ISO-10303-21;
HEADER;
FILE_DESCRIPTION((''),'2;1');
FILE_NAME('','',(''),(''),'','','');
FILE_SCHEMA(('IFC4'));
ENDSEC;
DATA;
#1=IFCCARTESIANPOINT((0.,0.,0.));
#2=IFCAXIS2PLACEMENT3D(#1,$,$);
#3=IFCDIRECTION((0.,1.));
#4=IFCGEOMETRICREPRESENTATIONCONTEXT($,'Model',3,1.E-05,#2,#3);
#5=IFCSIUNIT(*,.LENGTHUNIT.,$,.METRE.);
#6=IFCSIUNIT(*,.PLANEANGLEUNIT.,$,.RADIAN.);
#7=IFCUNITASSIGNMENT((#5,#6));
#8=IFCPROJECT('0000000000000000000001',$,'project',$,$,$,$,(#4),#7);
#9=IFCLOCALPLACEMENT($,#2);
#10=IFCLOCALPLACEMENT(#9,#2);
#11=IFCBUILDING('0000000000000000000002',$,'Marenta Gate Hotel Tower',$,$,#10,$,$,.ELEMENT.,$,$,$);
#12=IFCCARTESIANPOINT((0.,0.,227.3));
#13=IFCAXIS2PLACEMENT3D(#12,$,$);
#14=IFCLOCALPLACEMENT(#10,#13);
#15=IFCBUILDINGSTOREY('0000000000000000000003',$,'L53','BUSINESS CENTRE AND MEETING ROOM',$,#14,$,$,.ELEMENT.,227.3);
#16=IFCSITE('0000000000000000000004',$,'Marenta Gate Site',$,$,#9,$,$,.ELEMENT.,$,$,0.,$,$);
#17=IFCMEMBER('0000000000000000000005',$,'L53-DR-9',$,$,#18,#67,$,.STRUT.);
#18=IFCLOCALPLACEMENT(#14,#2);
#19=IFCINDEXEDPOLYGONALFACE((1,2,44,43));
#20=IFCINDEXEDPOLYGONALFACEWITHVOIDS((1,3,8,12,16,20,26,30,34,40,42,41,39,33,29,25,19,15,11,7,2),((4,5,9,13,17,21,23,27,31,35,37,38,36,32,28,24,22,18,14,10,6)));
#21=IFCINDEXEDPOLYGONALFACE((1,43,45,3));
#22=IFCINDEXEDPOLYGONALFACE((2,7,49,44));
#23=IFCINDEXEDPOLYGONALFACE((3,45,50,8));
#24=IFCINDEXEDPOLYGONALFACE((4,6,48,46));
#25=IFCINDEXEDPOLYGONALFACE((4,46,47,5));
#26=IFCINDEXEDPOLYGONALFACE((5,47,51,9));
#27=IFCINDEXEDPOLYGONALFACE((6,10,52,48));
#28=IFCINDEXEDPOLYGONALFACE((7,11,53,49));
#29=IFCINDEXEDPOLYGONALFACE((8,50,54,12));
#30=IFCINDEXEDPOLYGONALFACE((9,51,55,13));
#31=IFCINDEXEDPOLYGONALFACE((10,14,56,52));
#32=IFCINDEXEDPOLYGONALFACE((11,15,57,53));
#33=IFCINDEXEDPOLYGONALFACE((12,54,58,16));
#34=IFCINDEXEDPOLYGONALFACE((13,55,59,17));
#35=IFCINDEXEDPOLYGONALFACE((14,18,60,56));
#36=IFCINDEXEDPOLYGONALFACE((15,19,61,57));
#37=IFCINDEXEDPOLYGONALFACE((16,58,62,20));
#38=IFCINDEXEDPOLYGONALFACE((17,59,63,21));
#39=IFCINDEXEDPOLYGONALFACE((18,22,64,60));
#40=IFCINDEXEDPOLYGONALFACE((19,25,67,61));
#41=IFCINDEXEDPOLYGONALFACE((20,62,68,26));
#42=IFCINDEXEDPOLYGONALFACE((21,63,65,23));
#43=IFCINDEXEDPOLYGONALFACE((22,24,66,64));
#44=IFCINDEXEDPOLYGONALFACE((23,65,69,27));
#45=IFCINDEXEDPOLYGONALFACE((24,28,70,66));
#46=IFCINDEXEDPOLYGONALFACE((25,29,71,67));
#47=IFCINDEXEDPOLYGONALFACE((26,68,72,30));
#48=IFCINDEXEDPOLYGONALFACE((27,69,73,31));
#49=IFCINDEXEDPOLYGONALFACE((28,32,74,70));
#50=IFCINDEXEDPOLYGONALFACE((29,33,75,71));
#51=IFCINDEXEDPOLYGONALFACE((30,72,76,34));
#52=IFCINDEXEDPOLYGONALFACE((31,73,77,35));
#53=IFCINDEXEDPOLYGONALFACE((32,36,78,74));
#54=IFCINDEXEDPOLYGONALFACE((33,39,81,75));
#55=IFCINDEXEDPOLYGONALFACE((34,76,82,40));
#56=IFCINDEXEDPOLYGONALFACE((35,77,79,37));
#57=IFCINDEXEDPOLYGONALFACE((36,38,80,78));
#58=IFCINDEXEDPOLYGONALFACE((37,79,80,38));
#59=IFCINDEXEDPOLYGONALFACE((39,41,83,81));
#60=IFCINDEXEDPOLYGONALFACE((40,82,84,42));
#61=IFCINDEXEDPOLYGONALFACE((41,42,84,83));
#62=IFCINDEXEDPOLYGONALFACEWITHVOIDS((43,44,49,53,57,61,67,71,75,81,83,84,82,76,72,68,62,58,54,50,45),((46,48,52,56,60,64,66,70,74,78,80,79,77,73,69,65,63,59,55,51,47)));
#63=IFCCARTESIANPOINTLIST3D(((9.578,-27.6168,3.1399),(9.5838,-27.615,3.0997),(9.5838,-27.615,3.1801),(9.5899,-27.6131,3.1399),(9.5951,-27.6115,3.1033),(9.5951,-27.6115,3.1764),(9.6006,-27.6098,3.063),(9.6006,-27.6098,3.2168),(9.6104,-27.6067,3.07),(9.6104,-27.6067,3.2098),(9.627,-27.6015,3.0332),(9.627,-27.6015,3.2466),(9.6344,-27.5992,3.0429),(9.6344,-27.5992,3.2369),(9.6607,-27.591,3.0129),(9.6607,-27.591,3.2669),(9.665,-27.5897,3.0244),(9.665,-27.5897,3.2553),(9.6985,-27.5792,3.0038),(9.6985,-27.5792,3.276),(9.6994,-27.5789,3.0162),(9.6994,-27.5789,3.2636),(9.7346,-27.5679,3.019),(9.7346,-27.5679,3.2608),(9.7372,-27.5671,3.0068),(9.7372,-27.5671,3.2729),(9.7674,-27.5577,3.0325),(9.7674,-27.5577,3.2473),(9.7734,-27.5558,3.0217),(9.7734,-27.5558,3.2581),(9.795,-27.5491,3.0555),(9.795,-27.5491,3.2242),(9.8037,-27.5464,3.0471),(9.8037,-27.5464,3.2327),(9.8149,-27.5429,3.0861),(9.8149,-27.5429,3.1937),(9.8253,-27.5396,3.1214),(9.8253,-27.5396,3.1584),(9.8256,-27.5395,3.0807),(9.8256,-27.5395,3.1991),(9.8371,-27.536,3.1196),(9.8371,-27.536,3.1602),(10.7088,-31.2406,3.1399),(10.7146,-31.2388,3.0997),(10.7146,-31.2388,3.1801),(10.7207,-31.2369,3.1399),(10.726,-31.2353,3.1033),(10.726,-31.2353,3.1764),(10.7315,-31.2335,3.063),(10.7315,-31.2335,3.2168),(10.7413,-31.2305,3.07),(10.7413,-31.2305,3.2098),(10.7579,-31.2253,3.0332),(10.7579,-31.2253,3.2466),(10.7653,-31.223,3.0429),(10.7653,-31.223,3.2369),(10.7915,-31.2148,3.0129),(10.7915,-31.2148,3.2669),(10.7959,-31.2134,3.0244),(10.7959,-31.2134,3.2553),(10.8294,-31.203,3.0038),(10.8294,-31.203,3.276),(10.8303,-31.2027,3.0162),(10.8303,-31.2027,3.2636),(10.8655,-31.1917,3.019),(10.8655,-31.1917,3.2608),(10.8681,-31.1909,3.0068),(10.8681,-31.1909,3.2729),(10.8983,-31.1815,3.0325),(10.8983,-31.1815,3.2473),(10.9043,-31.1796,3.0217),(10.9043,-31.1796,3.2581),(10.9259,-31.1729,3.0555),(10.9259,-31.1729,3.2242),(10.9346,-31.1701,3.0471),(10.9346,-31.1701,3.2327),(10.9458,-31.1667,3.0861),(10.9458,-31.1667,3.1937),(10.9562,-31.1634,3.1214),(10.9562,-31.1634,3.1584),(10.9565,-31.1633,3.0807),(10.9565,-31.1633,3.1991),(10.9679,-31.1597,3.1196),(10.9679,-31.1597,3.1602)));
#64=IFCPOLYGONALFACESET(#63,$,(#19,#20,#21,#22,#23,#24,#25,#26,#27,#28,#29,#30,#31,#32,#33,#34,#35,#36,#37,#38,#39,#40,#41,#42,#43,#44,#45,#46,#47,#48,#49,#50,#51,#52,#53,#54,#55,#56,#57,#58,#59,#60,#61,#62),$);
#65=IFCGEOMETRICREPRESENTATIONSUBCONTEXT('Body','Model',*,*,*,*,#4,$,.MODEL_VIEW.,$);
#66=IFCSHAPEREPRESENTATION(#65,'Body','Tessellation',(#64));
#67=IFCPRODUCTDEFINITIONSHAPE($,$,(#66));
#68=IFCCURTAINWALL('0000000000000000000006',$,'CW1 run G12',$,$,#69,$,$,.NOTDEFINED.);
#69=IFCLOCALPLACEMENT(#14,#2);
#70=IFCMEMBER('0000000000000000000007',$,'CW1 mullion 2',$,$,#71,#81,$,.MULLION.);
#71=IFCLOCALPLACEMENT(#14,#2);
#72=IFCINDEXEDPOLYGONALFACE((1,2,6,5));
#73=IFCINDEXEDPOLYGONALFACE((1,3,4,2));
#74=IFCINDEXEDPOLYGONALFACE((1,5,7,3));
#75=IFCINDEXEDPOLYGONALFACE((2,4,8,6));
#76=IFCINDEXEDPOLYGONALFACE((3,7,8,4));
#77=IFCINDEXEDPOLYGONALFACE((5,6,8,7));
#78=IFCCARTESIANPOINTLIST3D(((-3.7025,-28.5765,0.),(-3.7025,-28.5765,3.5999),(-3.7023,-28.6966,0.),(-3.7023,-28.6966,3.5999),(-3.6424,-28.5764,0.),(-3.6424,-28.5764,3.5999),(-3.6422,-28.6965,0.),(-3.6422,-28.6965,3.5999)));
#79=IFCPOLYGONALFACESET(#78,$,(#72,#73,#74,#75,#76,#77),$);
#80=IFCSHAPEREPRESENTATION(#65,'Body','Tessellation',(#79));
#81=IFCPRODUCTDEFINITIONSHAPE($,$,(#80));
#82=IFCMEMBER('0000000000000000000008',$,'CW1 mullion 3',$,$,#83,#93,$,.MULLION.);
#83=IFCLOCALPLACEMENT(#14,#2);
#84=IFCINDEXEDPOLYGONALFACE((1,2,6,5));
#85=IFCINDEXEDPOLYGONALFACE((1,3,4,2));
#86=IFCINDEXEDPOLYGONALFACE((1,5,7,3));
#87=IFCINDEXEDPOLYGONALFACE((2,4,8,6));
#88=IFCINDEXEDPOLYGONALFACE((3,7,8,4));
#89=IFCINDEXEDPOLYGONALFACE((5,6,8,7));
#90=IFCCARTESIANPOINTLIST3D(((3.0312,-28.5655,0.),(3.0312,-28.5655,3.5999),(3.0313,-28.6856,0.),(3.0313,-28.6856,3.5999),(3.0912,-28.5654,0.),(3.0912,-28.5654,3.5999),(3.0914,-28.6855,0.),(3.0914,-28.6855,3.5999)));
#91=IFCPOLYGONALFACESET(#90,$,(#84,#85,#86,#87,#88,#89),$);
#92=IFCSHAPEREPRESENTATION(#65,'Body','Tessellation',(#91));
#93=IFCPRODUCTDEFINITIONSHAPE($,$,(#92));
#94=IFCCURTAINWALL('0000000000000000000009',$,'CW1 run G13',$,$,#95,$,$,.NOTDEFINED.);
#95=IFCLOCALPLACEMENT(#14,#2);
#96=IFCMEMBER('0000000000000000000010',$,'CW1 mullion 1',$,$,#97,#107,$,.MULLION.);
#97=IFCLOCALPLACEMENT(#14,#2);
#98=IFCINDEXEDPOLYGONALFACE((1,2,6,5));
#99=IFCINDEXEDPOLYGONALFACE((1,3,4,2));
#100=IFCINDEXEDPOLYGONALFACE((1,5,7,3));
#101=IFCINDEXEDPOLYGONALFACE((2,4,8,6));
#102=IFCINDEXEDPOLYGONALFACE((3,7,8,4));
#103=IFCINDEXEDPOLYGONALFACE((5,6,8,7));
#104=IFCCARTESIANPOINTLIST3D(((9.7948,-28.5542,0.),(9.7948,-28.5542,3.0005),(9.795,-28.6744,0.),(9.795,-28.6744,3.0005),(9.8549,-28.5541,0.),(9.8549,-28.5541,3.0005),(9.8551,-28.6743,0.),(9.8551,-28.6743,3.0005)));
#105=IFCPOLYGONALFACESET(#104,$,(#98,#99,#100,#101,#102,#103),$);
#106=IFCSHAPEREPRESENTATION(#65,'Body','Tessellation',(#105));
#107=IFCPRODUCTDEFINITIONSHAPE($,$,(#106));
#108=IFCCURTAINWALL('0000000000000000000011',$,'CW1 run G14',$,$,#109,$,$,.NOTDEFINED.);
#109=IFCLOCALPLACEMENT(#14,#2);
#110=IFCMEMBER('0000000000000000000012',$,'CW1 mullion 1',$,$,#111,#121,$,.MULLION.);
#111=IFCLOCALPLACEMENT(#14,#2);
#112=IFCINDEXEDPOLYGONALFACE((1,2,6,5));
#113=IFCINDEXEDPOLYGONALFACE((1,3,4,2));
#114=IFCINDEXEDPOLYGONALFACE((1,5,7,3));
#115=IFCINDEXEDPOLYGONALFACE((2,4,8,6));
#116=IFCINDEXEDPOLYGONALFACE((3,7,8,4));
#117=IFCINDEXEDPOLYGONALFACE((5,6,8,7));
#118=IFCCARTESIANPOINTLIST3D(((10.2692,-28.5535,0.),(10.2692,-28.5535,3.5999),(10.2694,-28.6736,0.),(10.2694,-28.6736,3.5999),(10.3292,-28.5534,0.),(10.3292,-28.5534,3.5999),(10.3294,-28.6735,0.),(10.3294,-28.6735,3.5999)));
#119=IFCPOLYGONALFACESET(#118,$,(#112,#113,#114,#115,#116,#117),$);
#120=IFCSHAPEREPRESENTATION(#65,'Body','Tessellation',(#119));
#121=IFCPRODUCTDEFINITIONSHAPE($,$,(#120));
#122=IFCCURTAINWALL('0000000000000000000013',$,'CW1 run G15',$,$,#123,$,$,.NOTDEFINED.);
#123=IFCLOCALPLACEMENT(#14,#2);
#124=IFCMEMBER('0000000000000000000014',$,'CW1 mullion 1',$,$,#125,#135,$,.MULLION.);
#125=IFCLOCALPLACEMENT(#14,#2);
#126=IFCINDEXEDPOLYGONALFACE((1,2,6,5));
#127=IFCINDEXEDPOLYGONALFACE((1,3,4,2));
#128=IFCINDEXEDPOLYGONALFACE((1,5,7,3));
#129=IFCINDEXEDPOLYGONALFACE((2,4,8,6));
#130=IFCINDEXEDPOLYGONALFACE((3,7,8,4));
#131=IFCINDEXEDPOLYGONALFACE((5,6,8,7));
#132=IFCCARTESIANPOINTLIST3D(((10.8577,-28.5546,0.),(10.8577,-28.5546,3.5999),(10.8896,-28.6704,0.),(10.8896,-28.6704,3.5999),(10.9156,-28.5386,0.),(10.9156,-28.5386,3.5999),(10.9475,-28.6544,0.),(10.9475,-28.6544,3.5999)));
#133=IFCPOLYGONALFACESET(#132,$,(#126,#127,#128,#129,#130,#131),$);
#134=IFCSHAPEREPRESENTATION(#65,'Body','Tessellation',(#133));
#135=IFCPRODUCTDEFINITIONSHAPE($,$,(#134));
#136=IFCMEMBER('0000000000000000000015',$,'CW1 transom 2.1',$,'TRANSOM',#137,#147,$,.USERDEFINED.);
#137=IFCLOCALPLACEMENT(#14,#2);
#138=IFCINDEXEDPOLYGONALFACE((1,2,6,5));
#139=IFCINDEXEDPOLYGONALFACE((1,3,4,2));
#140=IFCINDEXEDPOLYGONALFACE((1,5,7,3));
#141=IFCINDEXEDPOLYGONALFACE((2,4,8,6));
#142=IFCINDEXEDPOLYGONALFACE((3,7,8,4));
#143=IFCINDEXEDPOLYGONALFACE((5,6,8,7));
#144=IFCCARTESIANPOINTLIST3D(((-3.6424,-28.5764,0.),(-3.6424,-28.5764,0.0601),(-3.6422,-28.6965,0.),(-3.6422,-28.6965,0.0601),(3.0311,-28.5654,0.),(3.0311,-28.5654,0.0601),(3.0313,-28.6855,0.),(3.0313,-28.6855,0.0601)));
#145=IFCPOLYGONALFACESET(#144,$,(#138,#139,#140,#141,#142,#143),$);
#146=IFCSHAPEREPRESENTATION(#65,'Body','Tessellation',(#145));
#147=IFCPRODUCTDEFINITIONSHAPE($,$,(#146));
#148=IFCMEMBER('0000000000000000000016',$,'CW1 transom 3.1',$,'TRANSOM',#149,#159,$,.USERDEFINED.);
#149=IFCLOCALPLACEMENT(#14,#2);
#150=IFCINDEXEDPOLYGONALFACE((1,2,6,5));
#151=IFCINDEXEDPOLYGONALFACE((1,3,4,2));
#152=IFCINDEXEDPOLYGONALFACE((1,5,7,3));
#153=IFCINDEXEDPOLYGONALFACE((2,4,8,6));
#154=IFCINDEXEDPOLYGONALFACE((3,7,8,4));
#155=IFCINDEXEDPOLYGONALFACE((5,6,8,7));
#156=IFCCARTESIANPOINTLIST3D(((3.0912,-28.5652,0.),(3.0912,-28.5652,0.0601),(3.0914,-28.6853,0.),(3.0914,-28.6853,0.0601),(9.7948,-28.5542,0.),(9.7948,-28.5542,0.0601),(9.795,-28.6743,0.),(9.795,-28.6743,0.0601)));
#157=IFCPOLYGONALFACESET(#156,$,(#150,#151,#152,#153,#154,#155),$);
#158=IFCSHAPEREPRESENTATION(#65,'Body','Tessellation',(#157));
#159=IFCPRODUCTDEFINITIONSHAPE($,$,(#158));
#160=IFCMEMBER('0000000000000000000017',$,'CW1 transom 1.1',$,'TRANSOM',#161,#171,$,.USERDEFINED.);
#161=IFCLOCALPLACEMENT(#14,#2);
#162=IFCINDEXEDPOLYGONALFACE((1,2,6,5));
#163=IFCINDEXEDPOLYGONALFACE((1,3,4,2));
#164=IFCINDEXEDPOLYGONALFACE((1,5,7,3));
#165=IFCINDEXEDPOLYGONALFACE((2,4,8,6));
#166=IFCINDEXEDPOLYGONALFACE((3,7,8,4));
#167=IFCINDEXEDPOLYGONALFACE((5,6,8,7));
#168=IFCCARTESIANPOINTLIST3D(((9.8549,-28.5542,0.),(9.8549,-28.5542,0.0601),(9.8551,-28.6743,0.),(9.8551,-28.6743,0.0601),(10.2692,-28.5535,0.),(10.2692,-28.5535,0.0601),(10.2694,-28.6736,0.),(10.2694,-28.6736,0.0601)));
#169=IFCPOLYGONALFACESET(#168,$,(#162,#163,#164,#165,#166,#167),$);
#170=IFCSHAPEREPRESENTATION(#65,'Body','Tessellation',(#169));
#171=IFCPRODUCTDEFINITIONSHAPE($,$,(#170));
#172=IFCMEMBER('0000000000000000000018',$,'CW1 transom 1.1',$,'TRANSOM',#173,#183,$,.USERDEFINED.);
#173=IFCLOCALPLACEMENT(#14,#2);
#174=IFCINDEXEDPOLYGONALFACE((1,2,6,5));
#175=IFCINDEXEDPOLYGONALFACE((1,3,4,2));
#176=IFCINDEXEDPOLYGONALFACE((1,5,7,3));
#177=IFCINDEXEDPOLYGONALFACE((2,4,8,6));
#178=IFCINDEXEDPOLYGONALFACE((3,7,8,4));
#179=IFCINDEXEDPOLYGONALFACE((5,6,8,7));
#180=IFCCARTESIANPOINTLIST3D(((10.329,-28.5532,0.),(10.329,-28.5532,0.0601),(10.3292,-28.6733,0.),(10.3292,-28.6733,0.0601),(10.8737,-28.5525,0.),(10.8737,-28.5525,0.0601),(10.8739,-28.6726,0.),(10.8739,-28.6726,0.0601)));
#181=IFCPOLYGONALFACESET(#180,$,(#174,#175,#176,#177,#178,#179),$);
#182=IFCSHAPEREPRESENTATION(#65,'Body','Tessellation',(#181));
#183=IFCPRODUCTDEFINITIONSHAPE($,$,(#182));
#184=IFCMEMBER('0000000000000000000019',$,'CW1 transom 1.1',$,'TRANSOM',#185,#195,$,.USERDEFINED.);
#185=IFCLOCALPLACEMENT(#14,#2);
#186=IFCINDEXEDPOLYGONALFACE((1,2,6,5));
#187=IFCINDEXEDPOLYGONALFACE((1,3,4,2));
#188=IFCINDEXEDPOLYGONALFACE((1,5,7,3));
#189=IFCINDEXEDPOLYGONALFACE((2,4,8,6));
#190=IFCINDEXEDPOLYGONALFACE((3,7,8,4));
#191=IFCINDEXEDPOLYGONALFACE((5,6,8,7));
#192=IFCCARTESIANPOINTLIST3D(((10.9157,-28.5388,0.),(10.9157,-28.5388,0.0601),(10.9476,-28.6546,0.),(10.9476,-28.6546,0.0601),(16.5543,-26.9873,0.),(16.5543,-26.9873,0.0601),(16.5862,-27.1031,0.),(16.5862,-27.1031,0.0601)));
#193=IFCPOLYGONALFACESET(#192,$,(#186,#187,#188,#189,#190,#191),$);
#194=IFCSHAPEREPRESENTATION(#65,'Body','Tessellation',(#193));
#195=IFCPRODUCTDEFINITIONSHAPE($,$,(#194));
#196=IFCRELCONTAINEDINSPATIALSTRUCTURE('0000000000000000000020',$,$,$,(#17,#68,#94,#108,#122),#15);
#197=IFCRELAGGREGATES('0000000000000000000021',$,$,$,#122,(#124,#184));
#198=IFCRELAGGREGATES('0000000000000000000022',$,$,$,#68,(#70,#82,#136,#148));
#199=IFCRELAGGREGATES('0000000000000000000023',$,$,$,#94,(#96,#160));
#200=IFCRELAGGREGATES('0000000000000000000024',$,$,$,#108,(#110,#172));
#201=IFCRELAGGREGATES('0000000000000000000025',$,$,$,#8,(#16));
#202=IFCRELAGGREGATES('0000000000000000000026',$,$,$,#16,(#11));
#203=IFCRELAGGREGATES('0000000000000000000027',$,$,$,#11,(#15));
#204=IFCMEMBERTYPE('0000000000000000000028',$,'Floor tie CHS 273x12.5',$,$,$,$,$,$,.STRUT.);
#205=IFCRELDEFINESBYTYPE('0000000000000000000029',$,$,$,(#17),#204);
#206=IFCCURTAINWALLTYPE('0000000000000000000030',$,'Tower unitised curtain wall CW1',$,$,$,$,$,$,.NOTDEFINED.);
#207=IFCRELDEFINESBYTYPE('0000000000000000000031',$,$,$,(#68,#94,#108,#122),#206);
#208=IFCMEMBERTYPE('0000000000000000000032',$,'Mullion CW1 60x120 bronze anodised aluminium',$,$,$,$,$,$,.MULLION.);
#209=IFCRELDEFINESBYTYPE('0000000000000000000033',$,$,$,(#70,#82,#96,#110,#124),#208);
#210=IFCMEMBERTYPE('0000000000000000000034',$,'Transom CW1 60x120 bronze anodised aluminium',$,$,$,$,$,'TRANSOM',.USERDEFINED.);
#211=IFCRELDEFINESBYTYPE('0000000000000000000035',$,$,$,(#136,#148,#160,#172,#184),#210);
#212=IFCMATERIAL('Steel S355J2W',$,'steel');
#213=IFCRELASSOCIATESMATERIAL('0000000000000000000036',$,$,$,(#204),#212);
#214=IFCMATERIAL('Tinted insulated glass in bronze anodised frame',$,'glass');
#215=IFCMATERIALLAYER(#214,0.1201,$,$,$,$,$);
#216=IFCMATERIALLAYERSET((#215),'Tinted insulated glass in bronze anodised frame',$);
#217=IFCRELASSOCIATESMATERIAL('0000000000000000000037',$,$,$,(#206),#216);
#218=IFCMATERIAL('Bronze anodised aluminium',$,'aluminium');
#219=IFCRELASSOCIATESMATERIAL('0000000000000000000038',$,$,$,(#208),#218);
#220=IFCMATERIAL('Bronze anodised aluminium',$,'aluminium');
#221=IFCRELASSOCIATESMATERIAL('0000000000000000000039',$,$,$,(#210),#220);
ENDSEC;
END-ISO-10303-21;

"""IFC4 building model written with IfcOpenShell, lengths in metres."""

from ifc_helpers import new_model, si_unit, direction, frame, origin, origin_2d, place, context, subcontext, project, spatial, rectangle, hollow_circle, extrude, material, layer, layer_set, material_profile, profile_set, type_object, element, aggregate, save


model = new_model("IFC4")

# Units and contexts
model_context = context("Model", 3, precision=1e-05, world=origin(), true_north=direction((0.0, 1.0)))
body_context = subcontext(model_context, "Body", "Model", "MODEL_VIEW")
ifc_project = project(units=[si_unit("LENGTHUNIT", "METRE"), si_unit("PLANEANGLEUNIT", "RADIAN")], contexts=[model_context])

# Site, building, storey
site_placement = place(None, origin())
site = spatial("IfcSite", under=ifc_project, at=site_placement, Name="Marenta Gate Site", CompositionType="ELEMENT", RefElevation=0.0)
building_placement = place(site_placement, origin())
building = spatial("IfcBuilding", under=site, at=building_placement, Name="Marenta Gate Hotel Tower", CompositionType="ELEMENT")
storey_placement = place(building_placement, frame((0.0, 0.0, 227.3)))
storey = spatial("IfcBuildingStorey", under=building, at=storey_placement, Name="L53", Description="BUSINESS CENTRE AND MEETING ROOM", CompositionType="ELEMENT", Elevation=227.3)

# Member
ifc_material_1 = material(Name="Steel S355J2W", Category="steel")
ifc_material_profile_1 = material_profile(ifc_material_1, hollow_circle(Radius=0.1365, WallThickness=0.0125, at=origin_2d()), Name="CHS 273x12.5")
ifc_profile_set_1 = profile_set([ifc_material_profile_1], Name="Steel S355J2W")
member_type_1 = type_object("IfcMemberType", Name="Floor tie CHS 273x12.5", PredefinedType="STRUT", material=ifc_profile_set_1)
member_1_placement = place(storey_placement, frame((10.8391, -31.2, 3.1399), z_axis=(-0.297898, 0.954598, 0.0), x_axis=(-0.954598, -0.297898, 0.0)))
element("IfcMember", 1, at=member_1_placement, inside=storey, type_object=member_type_1, Name="L53-DR-9", PredefinedType="STRUT", context=body_context, shape_type="SweptSolid", body=[
    extrude(hollow_circle(Radius=0.1365, WallThickness=0.0125, at=origin_2d()), origin(), (0.0, 0.0, 1.0), 3.7961),
])

# Curtain wall, members
ifc_material_2 = material(Name="Tinted insulated glass in bronze anodised frame", Category="glass")
ifc_layer_1 = layer(ifc_material_2, 0.1201)
ifc_layer_set_1 = layer_set([ifc_layer_1], Name="Tinted insulated glass in bronze anodised frame")
curtain_wall_type = type_object("IfcCurtainWallType", Name="Tower unitised curtain wall CW1", PredefinedType="NOTDEFINED", material=ifc_layer_set_1)
curtain_wall_1_placement = place(storey_placement, origin())
curtain_wall_1 = element("IfcCurtainWall", 2, at=curtain_wall_1_placement, inside=storey, type_object=curtain_wall_type, Name="CW1 run G12", PredefinedType="NOTDEFINED")
ifc_material_3 = material(Name="Bronze anodised aluminium", Category="aluminium")
ifc_material_profile_2 = material_profile(ifc_material_3, rectangle(XDim=0.1201, YDim=0.0601, at=origin_2d()), Name="Mullion CW1 60x120 bronze anodised aluminium")
ifc_profile_set_2 = profile_set([ifc_material_profile_2], Name="Bronze anodised aluminium")
member_type_2 = type_object("IfcMemberType", Name="Mullion CW1 60x120 bronze anodised aluminium", PredefinedType="MULLION", material=ifc_profile_set_2)
member_2_placement = place(storey_placement, frame((-3.6724, -28.6365, 0.0), z_axis=(0.0, 0.0, 1.0), x_axis=(-0.001643, 0.999999, 0.0)))
member_2 = element("IfcMember", 3, at=member_2_placement, type_object=member_type_2, Name="CW1 mullion 2", PredefinedType="MULLION", context=body_context, shape_type="SweptSolid", body=[
    extrude(rectangle(XDim=0.1201, YDim=0.0601, at=origin_2d()), origin(), (0.0, 0.0, 1.0), 3.5999),
])
member_3_placement = place(storey_placement, frame((3.0613, -28.6255, 0.0), z_axis=(0.0, 0.0, 1.0), x_axis=(-0.001643, 0.999999, 0.0)))
member_3 = element("IfcMember", 4, at=member_3_placement, type_object=member_type_2, Name="CW1 mullion 3", PredefinedType="MULLION", context=body_context, shape_type="SweptSolid", body=[
    extrude(rectangle(XDim=0.1201, YDim=0.0601, at=origin_2d()), origin(), (0.0, 0.0, 1.0), 3.5999),
])

# Curtain walls, members
curtain_wall_2_placement = place(storey_placement, origin())
curtain_wall_2 = element("IfcCurtainWall", 5, at=curtain_wall_2_placement, inside=storey, type_object=curtain_wall_type, Name="CW1 run G13", PredefinedType="NOTDEFINED")
member_4_placement = place(storey_placement, frame((9.825, -28.6143, 0.0), z_axis=(0.0, 0.0, 1.0), x_axis=(-0.001687, 0.999999, 0.0)))
member_4 = element("IfcMember", 6, at=member_4_placement, type_object=member_type_2, Name="CW1 mullion 1", PredefinedType="MULLION", context=body_context, shape_type="SweptSolid", body=[
    extrude(rectangle(XDim=0.1201, YDim=0.0601, at=origin_2d()), origin(), (0.0, 0.0, 1.0), 3.0005),
])
curtain_wall_3_placement = place(storey_placement, origin())
curtain_wall_3 = element("IfcCurtainWall", 7, at=curtain_wall_3_placement, inside=storey, type_object=curtain_wall_type, Name="CW1 run G14", PredefinedType="NOTDEFINED")
member_5_placement = place(storey_placement, frame((10.2993, -28.6135, 0.0), z_axis=(0.0, 0.0, 1.0), x_axis=(-0.001654, 0.999999, 0.0)))
member_5 = element("IfcMember", 8, at=member_5_placement, type_object=member_type_2, Name="CW1 mullion 1", PredefinedType="MULLION", context=body_context, shape_type="SweptSolid", body=[
    extrude(rectangle(XDim=0.1201, YDim=0.0601, at=origin_2d()), origin(), (0.0, 0.0, 1.0), 3.5999),
])
curtain_wall_4_placement = place(storey_placement, origin())
curtain_wall_4 = element("IfcCurtainWall", 9, at=curtain_wall_4_placement, inside=storey, type_object=curtain_wall_type, Name="CW1 run G15", PredefinedType="NOTDEFINED")
member_6_placement = place(storey_placement, frame((10.9026, -28.6045, 0.0), z_axis=(0.0, 0.0, 1.0), x_axis=(-0.265293, 0.964168, 0.0)))
member_6 = element("IfcMember", 10, at=member_6_placement, type_object=member_type_2, Name="CW1 mullion 1", PredefinedType="MULLION", context=body_context, shape_type="SweptSolid", body=[
    extrude(rectangle(XDim=0.1201, YDim=0.0601, at=origin_2d()), origin(), (0.0, 0.0, 1.0), 3.5999),
])

# Members
ifc_material_4 = material(Name="Bronze anodised aluminium", Category="aluminium")
ifc_material_profile_3 = material_profile(ifc_material_4, rectangle(XDim=0.1201, YDim=0.0601, at=origin_2d()), Name="Transom CW1 60x120 bronze anodised aluminium")
ifc_profile_set_3 = profile_set([ifc_material_profile_3], Name="Bronze anodised aluminium")
member_type_3 = type_object("IfcMemberType", Name="Transom CW1 60x120 bronze anodised aluminium", ElementType="TRANSOM", PredefinedType="USERDEFINED", material=ifc_profile_set_3)
member_7_placement = place(storey_placement, frame((-3.6423, -28.6365, 0.03), z_axis=(0.999999, 0.001646, 0.0), x_axis=(-0.001646, 0.999999, 0.0)))
member_7 = element("IfcMember", 11, at=member_7_placement, type_object=member_type_3, Name="CW1 transom 2.1", ObjectType="TRANSOM", PredefinedType="USERDEFINED", context=body_context, shape_type="SweptSolid", body=[
    extrude(rectangle(XDim=0.1201, YDim=0.0601, at=origin_2d()), origin(), (0.0, 0.0, 1.0), 6.6736),
])
member_8_placement = place(storey_placement, frame((3.0913, -28.6252, 0.03), z_axis=(0.999999, 0.001639, 0.0), x_axis=(-0.001639, 0.999999, 0.0)))
member_8 = element("IfcMember", 12, at=member_8_placement, type_object=member_type_3, Name="CW1 transom 3.1", ObjectType="TRANSOM", PredefinedType="USERDEFINED", context=body_context, shape_type="SweptSolid", body=[
    extrude(rectangle(XDim=0.1201, YDim=0.0601, at=origin_2d()), origin(), (0.0, 0.0, 1.0), 6.7036),
])
member_9_placement = place(storey_placement, frame((9.855, -28.6143, 0.03), z_axis=(0.999998, 0.001768, 0.0), x_axis=(-0.001768, 0.999998, 0.0)))
member_9 = element("IfcMember", 13, at=member_9_placement, type_object=member_type_3, Name="CW1 transom 1.1", ObjectType="TRANSOM", PredefinedType="USERDEFINED", context=body_context, shape_type="SweptSolid", body=[
    extrude(rectangle(XDim=0.1201, YDim=0.0601, at=origin_2d()), origin(), (0.0, 0.0, 1.0), 0.4143),
])
member_10_placement = place(storey_placement, frame((10.3291, -28.6133, 0.03), z_axis=(0.999999, 0.001345, 0.0), x_axis=(-0.001345, 0.999999, 0.0)))
member_10 = element("IfcMember", 14, at=member_10_placement, type_object=member_type_3, Name="CW1 transom 1.1", ObjectType="TRANSOM", PredefinedType="USERDEFINED", context=body_context, shape_type="SweptSolid", body=[
    extrude(rectangle(XDim=0.1201, YDim=0.0601, at=origin_2d()), origin(), (0.0, 0.0, 1.0), 0.5447),
])
member_11_placement = place(storey_placement, frame((10.9316, -28.5967, 0.03), z_axis=(0.964167, 0.265296, 0.0), x_axis=(-0.265296, 0.964167, 0.0)))
member_11 = element("IfcMember", 15, at=member_11_placement, type_object=member_type_3, Name="CW1 transom 1.1", ObjectType="TRANSOM", PredefinedType="USERDEFINED", context=body_context, shape_type="SweptSolid", body=[
    extrude(rectangle(XDim=0.1201, YDim=0.0601, at=origin_2d()), origin(), (0.0, 0.0, 1.0), 5.8481),
])
aggregate(curtain_wall_4, [member_6, member_11])

aggregate(curtain_wall_1, [member_2, member_3, member_7, member_8])
aggregate(curtain_wall_2, [member_4, member_9])
aggregate(curtain_wall_3, [member_5, member_10])

save(model, "model.ifc")
